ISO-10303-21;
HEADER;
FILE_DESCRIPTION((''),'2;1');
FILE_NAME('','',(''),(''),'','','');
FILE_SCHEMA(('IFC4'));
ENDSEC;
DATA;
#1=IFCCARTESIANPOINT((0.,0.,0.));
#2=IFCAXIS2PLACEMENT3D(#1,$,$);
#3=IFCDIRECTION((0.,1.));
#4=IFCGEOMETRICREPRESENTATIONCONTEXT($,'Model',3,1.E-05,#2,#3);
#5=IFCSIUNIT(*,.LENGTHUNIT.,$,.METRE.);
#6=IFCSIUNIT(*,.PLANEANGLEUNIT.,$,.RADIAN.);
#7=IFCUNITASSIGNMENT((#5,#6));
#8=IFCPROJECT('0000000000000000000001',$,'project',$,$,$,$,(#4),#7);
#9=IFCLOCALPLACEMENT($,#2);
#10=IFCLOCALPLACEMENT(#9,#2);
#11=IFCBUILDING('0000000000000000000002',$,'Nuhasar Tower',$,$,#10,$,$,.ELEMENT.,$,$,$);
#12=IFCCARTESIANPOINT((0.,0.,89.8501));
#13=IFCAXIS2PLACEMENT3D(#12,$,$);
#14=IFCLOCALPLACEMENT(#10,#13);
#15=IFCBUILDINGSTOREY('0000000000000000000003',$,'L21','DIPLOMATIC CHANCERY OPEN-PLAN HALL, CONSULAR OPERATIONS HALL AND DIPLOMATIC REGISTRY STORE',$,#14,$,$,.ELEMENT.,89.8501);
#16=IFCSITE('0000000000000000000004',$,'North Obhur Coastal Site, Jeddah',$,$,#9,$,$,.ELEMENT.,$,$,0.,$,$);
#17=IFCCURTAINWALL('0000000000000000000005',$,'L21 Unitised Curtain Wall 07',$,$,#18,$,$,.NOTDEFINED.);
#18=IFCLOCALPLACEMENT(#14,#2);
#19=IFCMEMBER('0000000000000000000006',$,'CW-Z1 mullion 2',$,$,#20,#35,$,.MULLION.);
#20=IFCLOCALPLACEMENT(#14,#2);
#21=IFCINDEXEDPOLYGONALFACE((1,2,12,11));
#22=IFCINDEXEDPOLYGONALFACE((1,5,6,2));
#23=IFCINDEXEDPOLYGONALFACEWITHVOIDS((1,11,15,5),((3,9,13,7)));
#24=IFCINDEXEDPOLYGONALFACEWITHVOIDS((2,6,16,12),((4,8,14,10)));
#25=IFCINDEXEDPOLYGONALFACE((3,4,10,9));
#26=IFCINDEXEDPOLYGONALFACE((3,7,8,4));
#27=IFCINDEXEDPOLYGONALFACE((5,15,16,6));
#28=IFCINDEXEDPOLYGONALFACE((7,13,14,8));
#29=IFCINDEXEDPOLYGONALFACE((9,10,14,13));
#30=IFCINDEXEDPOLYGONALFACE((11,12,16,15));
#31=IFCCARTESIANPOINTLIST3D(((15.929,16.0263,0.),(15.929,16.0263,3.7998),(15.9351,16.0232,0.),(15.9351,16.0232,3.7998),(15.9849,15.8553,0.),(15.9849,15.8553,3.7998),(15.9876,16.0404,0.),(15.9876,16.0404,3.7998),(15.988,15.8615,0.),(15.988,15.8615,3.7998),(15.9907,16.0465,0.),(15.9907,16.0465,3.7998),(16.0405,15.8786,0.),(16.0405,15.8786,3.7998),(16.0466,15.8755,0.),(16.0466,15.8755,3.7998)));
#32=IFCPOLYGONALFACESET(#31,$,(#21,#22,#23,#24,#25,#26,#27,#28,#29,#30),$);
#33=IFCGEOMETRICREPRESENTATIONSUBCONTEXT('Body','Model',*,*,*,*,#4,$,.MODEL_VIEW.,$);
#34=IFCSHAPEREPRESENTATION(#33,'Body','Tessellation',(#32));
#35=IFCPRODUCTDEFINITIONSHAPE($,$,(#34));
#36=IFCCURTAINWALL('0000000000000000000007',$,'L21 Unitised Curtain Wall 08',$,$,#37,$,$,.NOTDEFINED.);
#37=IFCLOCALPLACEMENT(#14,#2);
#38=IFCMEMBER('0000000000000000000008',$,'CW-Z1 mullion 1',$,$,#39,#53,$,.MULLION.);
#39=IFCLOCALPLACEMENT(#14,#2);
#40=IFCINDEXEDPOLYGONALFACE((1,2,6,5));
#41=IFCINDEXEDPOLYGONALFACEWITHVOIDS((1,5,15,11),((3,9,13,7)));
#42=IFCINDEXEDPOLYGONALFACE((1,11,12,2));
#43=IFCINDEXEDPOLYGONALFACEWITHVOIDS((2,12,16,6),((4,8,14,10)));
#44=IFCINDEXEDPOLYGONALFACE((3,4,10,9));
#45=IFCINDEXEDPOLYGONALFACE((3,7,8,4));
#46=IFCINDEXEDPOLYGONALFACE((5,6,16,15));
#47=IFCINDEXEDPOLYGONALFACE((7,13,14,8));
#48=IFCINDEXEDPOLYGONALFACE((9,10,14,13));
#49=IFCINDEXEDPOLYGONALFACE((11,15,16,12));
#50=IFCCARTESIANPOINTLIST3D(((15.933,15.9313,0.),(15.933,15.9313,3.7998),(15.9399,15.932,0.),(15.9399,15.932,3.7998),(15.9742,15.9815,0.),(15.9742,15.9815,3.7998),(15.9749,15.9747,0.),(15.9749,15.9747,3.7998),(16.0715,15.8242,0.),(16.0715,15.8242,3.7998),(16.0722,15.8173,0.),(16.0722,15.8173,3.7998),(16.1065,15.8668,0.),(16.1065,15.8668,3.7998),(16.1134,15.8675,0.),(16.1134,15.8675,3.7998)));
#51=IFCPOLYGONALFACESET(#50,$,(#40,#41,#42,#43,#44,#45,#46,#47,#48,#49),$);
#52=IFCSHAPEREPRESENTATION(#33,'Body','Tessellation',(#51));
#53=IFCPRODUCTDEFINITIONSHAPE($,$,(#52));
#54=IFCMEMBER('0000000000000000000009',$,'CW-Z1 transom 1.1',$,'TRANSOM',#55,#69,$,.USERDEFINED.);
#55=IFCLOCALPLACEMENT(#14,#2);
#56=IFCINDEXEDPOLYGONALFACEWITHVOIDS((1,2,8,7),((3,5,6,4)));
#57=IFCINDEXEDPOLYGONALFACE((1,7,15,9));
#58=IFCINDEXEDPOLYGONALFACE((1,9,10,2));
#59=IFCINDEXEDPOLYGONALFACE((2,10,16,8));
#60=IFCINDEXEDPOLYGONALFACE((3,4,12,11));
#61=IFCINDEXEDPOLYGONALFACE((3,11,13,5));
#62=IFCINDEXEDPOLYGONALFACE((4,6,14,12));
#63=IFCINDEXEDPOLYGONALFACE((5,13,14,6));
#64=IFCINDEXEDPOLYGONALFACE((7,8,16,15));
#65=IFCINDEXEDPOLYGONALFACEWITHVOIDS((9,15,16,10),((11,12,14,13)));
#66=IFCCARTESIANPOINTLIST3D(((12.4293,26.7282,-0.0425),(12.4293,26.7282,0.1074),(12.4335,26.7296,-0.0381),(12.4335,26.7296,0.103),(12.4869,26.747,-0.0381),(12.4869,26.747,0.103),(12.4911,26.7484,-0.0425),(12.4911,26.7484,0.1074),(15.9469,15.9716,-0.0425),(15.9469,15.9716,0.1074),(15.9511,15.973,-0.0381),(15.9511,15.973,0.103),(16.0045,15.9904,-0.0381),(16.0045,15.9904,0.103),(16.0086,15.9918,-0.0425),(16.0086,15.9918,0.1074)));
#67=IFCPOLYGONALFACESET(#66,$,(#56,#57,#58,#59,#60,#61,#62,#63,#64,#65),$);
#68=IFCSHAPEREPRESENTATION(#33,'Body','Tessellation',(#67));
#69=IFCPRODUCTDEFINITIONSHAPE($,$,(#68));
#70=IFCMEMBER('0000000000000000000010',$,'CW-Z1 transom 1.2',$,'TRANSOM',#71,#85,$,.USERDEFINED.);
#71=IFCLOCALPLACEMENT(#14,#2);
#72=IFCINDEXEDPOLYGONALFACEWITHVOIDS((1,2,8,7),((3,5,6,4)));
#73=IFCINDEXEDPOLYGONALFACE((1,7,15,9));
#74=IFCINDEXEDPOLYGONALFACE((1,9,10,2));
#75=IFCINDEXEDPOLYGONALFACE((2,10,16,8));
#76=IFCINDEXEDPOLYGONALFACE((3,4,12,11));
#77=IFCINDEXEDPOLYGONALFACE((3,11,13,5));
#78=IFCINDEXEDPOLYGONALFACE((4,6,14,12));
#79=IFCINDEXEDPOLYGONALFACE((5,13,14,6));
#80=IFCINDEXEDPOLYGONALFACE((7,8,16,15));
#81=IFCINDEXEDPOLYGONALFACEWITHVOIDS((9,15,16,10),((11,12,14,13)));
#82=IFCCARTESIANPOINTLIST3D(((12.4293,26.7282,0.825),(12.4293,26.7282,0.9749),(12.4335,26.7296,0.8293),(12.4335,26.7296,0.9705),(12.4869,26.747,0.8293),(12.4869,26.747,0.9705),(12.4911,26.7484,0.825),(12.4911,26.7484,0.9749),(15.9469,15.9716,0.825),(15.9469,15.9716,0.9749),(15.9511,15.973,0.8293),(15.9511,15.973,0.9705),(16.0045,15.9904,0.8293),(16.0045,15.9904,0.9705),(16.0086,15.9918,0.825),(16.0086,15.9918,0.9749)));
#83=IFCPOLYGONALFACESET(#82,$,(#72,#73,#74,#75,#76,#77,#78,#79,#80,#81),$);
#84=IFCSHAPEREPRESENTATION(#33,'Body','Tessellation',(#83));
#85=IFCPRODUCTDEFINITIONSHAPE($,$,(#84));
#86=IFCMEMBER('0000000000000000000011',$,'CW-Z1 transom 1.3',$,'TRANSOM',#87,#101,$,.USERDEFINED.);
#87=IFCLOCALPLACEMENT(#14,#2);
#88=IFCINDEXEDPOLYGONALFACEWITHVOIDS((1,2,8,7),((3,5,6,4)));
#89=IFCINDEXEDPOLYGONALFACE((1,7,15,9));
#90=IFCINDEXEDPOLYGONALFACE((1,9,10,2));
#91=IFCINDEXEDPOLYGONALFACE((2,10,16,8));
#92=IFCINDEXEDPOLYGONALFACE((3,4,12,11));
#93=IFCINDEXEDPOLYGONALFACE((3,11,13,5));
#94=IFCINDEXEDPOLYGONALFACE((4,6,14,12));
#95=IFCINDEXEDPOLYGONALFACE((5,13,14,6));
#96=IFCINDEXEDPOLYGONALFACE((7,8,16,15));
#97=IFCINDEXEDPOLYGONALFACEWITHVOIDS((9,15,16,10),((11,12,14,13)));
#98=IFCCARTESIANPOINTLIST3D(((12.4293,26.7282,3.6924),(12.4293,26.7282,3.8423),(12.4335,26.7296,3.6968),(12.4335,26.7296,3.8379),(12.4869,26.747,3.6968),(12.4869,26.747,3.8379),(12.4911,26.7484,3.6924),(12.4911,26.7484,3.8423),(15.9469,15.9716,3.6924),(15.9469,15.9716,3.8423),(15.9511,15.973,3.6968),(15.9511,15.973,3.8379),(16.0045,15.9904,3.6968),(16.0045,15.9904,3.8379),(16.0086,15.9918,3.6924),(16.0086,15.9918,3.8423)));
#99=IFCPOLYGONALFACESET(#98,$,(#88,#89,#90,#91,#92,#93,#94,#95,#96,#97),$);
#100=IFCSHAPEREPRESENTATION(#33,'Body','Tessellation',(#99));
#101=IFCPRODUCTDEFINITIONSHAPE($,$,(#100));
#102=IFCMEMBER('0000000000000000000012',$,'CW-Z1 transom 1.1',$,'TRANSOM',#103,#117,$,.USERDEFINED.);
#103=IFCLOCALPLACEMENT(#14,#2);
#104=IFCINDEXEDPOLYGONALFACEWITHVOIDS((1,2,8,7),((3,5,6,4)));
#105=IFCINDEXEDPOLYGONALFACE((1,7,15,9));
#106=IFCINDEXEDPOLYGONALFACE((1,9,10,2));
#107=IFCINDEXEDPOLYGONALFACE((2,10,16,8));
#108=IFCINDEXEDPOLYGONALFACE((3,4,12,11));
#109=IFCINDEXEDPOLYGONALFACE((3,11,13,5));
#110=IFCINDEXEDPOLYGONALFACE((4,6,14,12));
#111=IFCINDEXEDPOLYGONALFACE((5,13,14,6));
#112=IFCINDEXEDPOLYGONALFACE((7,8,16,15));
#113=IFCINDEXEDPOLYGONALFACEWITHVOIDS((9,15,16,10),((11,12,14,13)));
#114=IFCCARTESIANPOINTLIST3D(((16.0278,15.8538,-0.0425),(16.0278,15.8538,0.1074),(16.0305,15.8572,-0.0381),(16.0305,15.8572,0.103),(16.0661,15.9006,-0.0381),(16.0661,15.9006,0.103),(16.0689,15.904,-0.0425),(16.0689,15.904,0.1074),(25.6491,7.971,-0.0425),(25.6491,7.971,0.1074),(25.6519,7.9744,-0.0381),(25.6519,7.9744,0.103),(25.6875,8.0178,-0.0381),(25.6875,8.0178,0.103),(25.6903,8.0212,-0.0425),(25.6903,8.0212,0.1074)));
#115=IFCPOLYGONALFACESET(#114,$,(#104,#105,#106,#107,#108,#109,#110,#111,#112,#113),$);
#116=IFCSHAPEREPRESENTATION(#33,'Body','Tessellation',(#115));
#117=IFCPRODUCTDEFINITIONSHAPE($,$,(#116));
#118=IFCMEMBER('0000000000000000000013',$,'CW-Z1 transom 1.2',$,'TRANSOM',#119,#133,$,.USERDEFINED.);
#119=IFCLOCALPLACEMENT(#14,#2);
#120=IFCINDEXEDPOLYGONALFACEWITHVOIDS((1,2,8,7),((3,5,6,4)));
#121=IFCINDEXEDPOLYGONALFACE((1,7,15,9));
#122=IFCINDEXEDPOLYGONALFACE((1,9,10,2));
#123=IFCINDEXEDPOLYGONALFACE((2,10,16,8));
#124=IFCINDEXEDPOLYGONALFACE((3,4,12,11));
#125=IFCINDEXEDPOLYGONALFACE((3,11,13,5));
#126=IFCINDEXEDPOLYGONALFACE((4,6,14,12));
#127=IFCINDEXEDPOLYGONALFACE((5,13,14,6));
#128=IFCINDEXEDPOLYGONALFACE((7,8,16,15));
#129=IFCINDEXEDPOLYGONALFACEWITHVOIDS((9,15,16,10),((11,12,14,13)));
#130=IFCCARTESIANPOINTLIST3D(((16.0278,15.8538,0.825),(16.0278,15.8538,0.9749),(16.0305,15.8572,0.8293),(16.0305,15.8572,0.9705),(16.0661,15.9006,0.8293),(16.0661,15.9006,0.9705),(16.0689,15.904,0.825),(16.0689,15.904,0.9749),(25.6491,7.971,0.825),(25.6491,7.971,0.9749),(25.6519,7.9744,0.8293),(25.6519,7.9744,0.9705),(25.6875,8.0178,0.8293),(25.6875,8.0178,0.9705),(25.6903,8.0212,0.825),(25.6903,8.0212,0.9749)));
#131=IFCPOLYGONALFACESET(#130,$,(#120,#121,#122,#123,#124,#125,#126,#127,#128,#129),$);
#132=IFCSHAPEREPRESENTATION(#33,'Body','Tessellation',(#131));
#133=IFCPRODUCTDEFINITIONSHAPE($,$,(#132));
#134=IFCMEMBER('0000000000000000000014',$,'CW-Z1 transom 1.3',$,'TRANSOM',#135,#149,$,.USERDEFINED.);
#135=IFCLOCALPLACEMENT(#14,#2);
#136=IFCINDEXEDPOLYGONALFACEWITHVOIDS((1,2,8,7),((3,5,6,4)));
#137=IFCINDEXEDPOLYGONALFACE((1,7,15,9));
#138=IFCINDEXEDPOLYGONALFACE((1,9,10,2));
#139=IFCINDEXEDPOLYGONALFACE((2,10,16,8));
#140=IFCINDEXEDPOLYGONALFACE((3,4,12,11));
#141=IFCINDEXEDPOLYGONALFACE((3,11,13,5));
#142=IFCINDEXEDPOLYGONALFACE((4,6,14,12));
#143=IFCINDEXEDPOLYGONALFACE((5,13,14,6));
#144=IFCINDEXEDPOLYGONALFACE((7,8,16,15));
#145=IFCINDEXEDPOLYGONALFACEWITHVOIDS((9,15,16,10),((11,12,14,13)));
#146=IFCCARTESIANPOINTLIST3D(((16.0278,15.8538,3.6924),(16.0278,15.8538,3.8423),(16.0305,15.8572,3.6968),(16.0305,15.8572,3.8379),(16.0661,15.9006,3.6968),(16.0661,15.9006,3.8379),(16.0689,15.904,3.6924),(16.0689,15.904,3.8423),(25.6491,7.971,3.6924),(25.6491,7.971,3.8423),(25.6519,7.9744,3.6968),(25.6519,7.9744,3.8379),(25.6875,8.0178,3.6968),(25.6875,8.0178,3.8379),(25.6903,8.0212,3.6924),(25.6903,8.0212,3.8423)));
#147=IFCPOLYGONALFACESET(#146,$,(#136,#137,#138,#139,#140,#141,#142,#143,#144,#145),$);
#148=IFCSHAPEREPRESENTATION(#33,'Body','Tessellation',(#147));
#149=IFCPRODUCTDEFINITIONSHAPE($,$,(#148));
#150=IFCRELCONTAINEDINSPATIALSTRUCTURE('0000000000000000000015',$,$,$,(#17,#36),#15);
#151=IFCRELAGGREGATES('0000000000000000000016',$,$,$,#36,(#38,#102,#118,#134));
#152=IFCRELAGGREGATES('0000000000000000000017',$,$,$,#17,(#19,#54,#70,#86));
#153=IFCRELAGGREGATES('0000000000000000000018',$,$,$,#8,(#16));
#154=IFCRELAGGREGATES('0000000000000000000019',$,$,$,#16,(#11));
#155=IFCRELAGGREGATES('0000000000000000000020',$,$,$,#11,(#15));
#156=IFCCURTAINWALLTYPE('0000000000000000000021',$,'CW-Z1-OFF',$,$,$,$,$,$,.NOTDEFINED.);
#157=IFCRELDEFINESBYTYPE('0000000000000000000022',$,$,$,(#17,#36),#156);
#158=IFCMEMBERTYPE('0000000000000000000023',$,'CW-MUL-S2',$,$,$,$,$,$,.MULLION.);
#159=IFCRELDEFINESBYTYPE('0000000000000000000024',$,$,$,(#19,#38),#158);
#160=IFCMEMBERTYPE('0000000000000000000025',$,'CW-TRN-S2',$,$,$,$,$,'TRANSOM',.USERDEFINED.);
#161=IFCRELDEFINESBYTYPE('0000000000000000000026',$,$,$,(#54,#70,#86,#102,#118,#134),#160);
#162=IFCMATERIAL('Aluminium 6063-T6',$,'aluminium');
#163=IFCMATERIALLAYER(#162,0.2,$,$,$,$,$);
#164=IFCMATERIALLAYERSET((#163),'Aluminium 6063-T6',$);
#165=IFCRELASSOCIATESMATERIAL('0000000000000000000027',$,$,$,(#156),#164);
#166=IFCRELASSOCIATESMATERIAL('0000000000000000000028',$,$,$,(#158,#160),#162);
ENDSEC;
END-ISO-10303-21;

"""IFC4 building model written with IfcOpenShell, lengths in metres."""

from ifc_helpers import new_model, si_unit, direction, frame, origin, origin_2d, place, context, subcontext, project, spatial, hollow_rectangle, extrude, material, layer, layer_set, material_profile, profile_set, type_object, element, aggregate, save


model = new_model("IFC4")

# Units and contexts
model_context = context("Model", 3, precision=1e-05, world=origin(), true_north=direction((0.0, 1.0)))
body_context = subcontext(model_context, "Body", "Model", "MODEL_VIEW")
ifc_project = project(units=[si_unit("LENGTHUNIT", "METRE"), si_unit("PLANEANGLEUNIT", "RADIAN")], contexts=[model_context])

# Site, building, storey
site_placement = place(None, origin())
site = spatial("IfcSite", under=ifc_project, at=site_placement, Name="North Obhur Coastal Site, Jeddah", CompositionType="ELEMENT", RefElevation=0.0)
building_placement = place(site_placement, origin())
building = spatial("IfcBuilding", under=site, at=building_placement, Name="Nuhasar Tower", CompositionType="ELEMENT")
storey_placement = place(building_placement, frame((0.0, 0.0, 89.8501)))
storey = spatial("IfcBuildingStorey", under=building, at=storey_placement, Name="L21", Description="DIPLOMATIC CHANCERY OPEN-PLAN HALL, CONSULAR OPERATIONS HALL AND DIPLOMATIC REGISTRY STORE", CompositionType="ELEMENT", Elevation=89.8501)

# Curtain wall, member
ifc_material_1 = material(Name="Aluminium 6063-T6", Category="aluminium")
ifc_layer_1 = layer(ifc_material_1, 0.2)
ifc_layer_set_1 = layer_set([ifc_layer_1], Name="Aluminium 6063-T6")
curtain_wall_type = type_object("IfcCurtainWallType", Name="CW-Z1-OFF", PredefinedType="NOTDEFINED", material=ifc_layer_set_1)
curtain_wall_1_placement = place(storey_placement, origin())
curtain_wall_1 = element("IfcCurtainWall", 1, at=curtain_wall_1_placement, inside=storey, type_object=curtain_wall_type, Name="L21 Unitised Curtain Wall 07", PredefinedType="NOTDEFINED")
ifc_material_profile_1 = material_profile(ifc_material_1, hollow_rectangle(XDim=0.0649, YDim=0.1799, WallThickness=0.0049, at=origin_2d()), Name="CWM-2")
ifc_profile_set_1 = profile_set([ifc_material_profile_1], Name="Aluminium 6063-T6")
member_type_1 = type_object("IfcMemberType", Name="CW-MUL-S2", PredefinedType="MULLION", material=ifc_profile_set_1)
member_1_placement = place(storey_placement, frame((15.9878, 15.9509, 0.0), z_axis=(0.0, 0.0, 1.0), x_axis=(0.950468, 0.310824, 0.0)))
member_1 = element("IfcMember", 2, at=member_1_placement, type_object=member_type_1, Name="CW-Z1 mullion 2", PredefinedType="MULLION", context=body_context, shape_type="SweptSolid", body=[
    extrude(hollow_rectangle(XDim=0.0649, YDim=0.1799, WallThickness=0.0049, at=origin_2d()), origin(), (0.0, 0.0, 1.0), 3.7998),
])

# Curtain wall, member
curtain_wall_2_placement = place(storey_placement, origin())
curtain_wall_2 = element("IfcCurtainWall", 3, at=curtain_wall_2_placement, inside=storey, type_object=curtain_wall_type, Name="L21 Unitised Curtain Wall 08", PredefinedType="NOTDEFINED")
member_2_placement = place(storey_placement, frame((16.0232, 15.8994, 0.0), z_axis=(0.0, 0.0, 1.0), x_axis=(0.633745, 0.773542, 0.0)))
member_2 = element("IfcMember", 4, at=member_2_placement, type_object=member_type_1, Name="CW-Z1 mullion 1", PredefinedType="MULLION", context=body_context, shape_type="SweptSolid", body=[
    extrude(hollow_rectangle(XDim=0.0649, YDim=0.1799, WallThickness=0.0049, at=origin_2d()), origin(), (0.0, 0.0, 1.0), 3.7998),
])

# Members
ifc_material_profile_2 = material_profile(ifc_material_1, hollow_rectangle(XDim=0.0649, YDim=0.1499, WallThickness=0.0044, at=origin_2d()), Name="CWT-2")
ifc_profile_set_2 = profile_set([ifc_material_profile_2], Name="Aluminium 6063-T6")
member_type_2 = type_object("IfcMemberType", Name="CW-TRN-S2", ElementType="TRANSOM", PredefinedType="USERDEFINED", material=ifc_profile_set_2)
member_3_placement = place(storey_placement, frame((12.4602, 26.7383, 0.0325), z_axis=(0.310819, -0.950469, 0.0), x_axis=(0.950469, 0.310819, 0.0)))
member_3 = element("IfcMember", 5, at=member_3_placement, type_object=member_type_2, Name="CW-Z1 transom 1.1", ObjectType="TRANSOM", PredefinedType="USERDEFINED", context=body_context, shape_type="SweptSolid", body=[
    extrude(hollow_rectangle(XDim=0.0649, YDim=0.1499, WallThickness=0.0044, at=origin_2d()), origin(), (0.0, 0.0, 1.0), 11.3171),
])
member_4_placement = place(storey_placement, frame((12.4602, 26.7383, 0.8999), z_axis=(0.310819, -0.950469, 0.0), x_axis=(0.950469, 0.310819, 0.0)))
member_4 = element("IfcMember", 6, at=member_4_placement, type_object=member_type_2, Name="CW-Z1 transom 1.2", ObjectType="TRANSOM", PredefinedType="USERDEFINED", context=body_context, shape_type="SweptSolid", body=[
    extrude(hollow_rectangle(XDim=0.0649, YDim=0.1499, WallThickness=0.0044, at=origin_2d()), origin(), (0.0, 0.0, 1.0), 11.3171),
])
member_5_placement = place(storey_placement, frame((12.4602, 26.7383, 3.7673), z_axis=(0.310819, -0.950469, 0.0), x_axis=(0.950469, 0.310819, 0.0)))
member_5 = element("IfcMember", 7, at=member_5_placement, type_object=member_type_2, Name="CW-Z1 transom 1.3", ObjectType="TRANSOM", PredefinedType="USERDEFINED", context=body_context, shape_type="SweptSolid", body=[
    extrude(hollow_rectangle(XDim=0.0649, YDim=0.1499, WallThickness=0.0044, at=origin_2d()), origin(), (0.0, 0.0, 1.0), 11.3171),
])
member_6_placement = place(storey_placement, frame((16.0483, 15.8789, 0.0325), z_axis=(0.773531, -0.633758, 0.0), x_axis=(0.633758, 0.773531, 0.0)))
member_6 = element("IfcMember", 8, at=member_6_placement, type_object=member_type_2, Name="CW-Z1 transom 1.1", ObjectType="TRANSOM", PredefinedType="USERDEFINED", context=body_context, shape_type="SweptSolid", body=[
    extrude(hollow_rectangle(XDim=0.0649, YDim=0.1499, WallThickness=0.0044, at=origin_2d()), origin(), (0.0, 0.0, 1.0), 12.4382),
])
member_7_placement = place(storey_placement, frame((16.0483, 15.8789, 0.8999), z_axis=(0.773531, -0.633758, 0.0), x_axis=(0.633758, 0.773531, 0.0)))
member_7 = element("IfcMember", 9, at=member_7_placement, type_object=member_type_2, Name="CW-Z1 transom 1.2", ObjectType="TRANSOM", PredefinedType="USERDEFINED", context=body_context, shape_type="SweptSolid", body=[
    extrude(hollow_rectangle(XDim=0.0649, YDim=0.1499, WallThickness=0.0044, at=origin_2d()), origin(), (0.0, 0.0, 1.0), 12.4382),
])
member_8_placement = place(storey_placement, frame((16.0483, 15.8789, 3.7673), z_axis=(0.773531, -0.633758, 0.0), x_axis=(0.633758, 0.773531, 0.0)))
member_8 = element("IfcMember", 10, at=member_8_placement, type_object=member_type_2, Name="CW-Z1 transom 1.3", ObjectType="TRANSOM", PredefinedType="USERDEFINED", context=body_context, shape_type="SweptSolid", body=[
    extrude(hollow_rectangle(XDim=0.0649, YDim=0.1499, WallThickness=0.0044, at=origin_2d()), origin(), (0.0, 0.0, 1.0), 12.4382),
])
aggregate(curtain_wall_2, [member_2, member_6, member_7, member_8])

aggregate(curtain_wall_1, [member_1, member_3, member_4, member_5])

save(model, "model.ifc")
